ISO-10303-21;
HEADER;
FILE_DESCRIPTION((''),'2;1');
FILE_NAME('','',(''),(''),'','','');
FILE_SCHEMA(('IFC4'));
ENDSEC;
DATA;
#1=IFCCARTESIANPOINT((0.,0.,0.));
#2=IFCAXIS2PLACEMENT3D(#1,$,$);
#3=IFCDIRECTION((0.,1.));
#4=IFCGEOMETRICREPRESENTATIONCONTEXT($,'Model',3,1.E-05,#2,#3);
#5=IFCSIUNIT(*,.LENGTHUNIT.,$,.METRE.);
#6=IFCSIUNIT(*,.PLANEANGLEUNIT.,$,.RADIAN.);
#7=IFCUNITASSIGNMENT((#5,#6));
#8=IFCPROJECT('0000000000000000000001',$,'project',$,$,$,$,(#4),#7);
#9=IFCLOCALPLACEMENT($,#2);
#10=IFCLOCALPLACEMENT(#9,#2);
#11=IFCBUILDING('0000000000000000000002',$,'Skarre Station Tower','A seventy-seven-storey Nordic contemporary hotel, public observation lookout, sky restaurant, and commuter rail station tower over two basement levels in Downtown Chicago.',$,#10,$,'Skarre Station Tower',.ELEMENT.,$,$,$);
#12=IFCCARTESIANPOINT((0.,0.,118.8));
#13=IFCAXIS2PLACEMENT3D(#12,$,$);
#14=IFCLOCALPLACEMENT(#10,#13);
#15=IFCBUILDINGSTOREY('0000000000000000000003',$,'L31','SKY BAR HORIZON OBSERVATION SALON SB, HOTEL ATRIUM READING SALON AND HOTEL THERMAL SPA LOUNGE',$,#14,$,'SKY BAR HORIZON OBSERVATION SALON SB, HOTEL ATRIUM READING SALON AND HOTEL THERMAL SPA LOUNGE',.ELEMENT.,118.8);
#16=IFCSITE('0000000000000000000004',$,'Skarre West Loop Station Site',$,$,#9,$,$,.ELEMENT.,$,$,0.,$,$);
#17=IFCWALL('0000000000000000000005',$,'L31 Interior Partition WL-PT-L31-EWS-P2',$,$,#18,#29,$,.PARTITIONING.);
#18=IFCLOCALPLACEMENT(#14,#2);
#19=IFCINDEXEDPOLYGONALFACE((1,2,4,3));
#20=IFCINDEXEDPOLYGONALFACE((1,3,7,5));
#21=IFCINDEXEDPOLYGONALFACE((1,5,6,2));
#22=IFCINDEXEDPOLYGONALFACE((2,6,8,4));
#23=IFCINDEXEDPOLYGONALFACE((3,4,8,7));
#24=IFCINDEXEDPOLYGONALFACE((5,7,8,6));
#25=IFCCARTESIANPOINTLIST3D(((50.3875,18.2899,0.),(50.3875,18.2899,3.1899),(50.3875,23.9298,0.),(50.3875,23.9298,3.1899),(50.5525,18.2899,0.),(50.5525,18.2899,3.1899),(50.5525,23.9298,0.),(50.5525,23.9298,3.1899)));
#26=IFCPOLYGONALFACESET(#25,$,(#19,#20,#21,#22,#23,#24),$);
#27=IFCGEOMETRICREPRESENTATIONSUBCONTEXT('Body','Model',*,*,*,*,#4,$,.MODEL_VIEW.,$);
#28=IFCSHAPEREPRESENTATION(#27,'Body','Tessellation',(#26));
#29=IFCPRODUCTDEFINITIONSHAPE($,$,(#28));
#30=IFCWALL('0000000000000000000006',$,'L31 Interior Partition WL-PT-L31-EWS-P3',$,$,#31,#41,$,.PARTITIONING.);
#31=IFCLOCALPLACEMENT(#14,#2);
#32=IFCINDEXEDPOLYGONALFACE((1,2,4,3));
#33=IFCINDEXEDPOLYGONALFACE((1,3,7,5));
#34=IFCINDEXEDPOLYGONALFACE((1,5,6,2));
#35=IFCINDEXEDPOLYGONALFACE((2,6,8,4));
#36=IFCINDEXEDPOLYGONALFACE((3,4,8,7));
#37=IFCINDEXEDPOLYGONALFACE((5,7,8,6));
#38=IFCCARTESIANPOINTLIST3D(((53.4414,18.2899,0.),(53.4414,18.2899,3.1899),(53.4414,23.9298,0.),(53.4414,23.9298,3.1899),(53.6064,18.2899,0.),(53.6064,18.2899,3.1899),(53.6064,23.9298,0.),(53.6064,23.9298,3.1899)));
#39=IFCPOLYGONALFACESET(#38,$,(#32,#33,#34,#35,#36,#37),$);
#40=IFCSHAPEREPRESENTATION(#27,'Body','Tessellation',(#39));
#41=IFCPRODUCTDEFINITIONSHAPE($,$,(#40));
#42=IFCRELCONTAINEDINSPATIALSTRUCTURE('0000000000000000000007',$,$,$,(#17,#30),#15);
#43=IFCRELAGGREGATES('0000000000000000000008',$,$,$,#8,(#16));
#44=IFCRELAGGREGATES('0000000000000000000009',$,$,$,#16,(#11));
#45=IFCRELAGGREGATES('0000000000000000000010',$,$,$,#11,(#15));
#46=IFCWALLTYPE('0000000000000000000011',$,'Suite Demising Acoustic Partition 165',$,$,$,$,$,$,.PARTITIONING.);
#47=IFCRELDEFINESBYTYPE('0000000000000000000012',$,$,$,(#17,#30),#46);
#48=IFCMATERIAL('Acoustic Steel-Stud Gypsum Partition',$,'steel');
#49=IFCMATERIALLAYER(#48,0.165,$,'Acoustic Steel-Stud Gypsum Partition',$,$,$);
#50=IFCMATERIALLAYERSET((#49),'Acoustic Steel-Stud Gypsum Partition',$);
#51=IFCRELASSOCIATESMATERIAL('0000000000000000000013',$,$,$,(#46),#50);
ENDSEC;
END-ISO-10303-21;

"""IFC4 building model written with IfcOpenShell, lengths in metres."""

from ifc_helpers import new_model, si_unit, direction, frame, frame_2d, origin, place, context, subcontext, project, spatial, rectangle, extrude, material, layer, layer_set, type_object, element, save


model = new_model("IFC4")

# Units and contexts
model_context = context("Model", 3, precision=1e-05, world=origin(), true_north=direction((0.0, 1.0)))
body_context = subcontext(model_context, "Body", "Model", "MODEL_VIEW")
ifc_project = project(units=[si_unit("LENGTHUNIT", "METRE"), si_unit("PLANEANGLEUNIT", "RADIAN")], contexts=[model_context])

# Site, building, storey
site_placement = place(None, origin())
site = spatial("IfcSite", under=ifc_project, at=site_placement, Name="Skarre West Loop Station Site", CompositionType="ELEMENT", RefElevation=0.0)
building_placement = place(site_placement, origin())
building = spatial("IfcBuilding", under=site, at=building_placement, Name="Skarre Station Tower", Description="A seventy-seven-storey Nordic contemporary hotel, public observation lookout, sky restaurant, and commuter rail station tower over two basement levels in Downtown Chicago.", LongName="Skarre Station Tower", CompositionType="ELEMENT")
storey_placement = place(building_placement, frame((0.0, 0.0, 118.8)))
storey = spatial("IfcBuildingStorey", under=building, at=storey_placement, Name="L31", Description="SKY BAR HORIZON OBSERVATION SALON SB, HOTEL ATRIUM READING SALON AND HOTEL THERMAL SPA LOUNGE", LongName="SKY BAR HORIZON OBSERVATION SALON SB, HOTEL ATRIUM READING SALON AND HOTEL THERMAL SPA LOUNGE", CompositionType="ELEMENT", Elevation=118.8)

# Shared definitions
ifc_material_1 = material(Name="Acoustic Steel-Stud Gypsum Partition", Category="steel")

# Walls
ifc_layer_1 = layer(ifc_material_1, 0.165, Name="Acoustic Steel-Stud Gypsum Partition")
ifc_layer_set_1 = layer_set([ifc_layer_1], Name="Acoustic Steel-Stud Gypsum Partition")
wall_type_1 = type_object("IfcWallType", Name="Suite Demising Acoustic Partition 165", PredefinedType="PARTITIONING", material=ifc_layer_set_1)
for number, where, z_axis, x_axis, name in (
    (1, (50.47, 18.29, 0.0), (0.0, 0.0, 1.0), (0.0, 1.0, 0.0), "L31 Interior Partition WL-PT-L31-EWS-P2"),
    (2, (53.5239, 18.29, 0.0), (0.0, 0.0, 1.0), (0.0, 1.0, 0.0), "L31 Interior Partition WL-PT-L31-EWS-P3"),
):
    element("IfcWall", number, at=place(storey_placement, frame(where, z_axis=z_axis, x_axis=x_axis)), inside=storey, type_object=wall_type_1, Name=name, PredefinedType="PARTITIONING", context=body_context, shape_type="SweptSolid", body=[
        extrude(rectangle(XDim=5.6399, YDim=0.165, at=frame_2d((2.8198, 0.0))), origin(), (0.0, 0.0, 1.0), 3.1899),
    ])

save(model, "model.ifc")
